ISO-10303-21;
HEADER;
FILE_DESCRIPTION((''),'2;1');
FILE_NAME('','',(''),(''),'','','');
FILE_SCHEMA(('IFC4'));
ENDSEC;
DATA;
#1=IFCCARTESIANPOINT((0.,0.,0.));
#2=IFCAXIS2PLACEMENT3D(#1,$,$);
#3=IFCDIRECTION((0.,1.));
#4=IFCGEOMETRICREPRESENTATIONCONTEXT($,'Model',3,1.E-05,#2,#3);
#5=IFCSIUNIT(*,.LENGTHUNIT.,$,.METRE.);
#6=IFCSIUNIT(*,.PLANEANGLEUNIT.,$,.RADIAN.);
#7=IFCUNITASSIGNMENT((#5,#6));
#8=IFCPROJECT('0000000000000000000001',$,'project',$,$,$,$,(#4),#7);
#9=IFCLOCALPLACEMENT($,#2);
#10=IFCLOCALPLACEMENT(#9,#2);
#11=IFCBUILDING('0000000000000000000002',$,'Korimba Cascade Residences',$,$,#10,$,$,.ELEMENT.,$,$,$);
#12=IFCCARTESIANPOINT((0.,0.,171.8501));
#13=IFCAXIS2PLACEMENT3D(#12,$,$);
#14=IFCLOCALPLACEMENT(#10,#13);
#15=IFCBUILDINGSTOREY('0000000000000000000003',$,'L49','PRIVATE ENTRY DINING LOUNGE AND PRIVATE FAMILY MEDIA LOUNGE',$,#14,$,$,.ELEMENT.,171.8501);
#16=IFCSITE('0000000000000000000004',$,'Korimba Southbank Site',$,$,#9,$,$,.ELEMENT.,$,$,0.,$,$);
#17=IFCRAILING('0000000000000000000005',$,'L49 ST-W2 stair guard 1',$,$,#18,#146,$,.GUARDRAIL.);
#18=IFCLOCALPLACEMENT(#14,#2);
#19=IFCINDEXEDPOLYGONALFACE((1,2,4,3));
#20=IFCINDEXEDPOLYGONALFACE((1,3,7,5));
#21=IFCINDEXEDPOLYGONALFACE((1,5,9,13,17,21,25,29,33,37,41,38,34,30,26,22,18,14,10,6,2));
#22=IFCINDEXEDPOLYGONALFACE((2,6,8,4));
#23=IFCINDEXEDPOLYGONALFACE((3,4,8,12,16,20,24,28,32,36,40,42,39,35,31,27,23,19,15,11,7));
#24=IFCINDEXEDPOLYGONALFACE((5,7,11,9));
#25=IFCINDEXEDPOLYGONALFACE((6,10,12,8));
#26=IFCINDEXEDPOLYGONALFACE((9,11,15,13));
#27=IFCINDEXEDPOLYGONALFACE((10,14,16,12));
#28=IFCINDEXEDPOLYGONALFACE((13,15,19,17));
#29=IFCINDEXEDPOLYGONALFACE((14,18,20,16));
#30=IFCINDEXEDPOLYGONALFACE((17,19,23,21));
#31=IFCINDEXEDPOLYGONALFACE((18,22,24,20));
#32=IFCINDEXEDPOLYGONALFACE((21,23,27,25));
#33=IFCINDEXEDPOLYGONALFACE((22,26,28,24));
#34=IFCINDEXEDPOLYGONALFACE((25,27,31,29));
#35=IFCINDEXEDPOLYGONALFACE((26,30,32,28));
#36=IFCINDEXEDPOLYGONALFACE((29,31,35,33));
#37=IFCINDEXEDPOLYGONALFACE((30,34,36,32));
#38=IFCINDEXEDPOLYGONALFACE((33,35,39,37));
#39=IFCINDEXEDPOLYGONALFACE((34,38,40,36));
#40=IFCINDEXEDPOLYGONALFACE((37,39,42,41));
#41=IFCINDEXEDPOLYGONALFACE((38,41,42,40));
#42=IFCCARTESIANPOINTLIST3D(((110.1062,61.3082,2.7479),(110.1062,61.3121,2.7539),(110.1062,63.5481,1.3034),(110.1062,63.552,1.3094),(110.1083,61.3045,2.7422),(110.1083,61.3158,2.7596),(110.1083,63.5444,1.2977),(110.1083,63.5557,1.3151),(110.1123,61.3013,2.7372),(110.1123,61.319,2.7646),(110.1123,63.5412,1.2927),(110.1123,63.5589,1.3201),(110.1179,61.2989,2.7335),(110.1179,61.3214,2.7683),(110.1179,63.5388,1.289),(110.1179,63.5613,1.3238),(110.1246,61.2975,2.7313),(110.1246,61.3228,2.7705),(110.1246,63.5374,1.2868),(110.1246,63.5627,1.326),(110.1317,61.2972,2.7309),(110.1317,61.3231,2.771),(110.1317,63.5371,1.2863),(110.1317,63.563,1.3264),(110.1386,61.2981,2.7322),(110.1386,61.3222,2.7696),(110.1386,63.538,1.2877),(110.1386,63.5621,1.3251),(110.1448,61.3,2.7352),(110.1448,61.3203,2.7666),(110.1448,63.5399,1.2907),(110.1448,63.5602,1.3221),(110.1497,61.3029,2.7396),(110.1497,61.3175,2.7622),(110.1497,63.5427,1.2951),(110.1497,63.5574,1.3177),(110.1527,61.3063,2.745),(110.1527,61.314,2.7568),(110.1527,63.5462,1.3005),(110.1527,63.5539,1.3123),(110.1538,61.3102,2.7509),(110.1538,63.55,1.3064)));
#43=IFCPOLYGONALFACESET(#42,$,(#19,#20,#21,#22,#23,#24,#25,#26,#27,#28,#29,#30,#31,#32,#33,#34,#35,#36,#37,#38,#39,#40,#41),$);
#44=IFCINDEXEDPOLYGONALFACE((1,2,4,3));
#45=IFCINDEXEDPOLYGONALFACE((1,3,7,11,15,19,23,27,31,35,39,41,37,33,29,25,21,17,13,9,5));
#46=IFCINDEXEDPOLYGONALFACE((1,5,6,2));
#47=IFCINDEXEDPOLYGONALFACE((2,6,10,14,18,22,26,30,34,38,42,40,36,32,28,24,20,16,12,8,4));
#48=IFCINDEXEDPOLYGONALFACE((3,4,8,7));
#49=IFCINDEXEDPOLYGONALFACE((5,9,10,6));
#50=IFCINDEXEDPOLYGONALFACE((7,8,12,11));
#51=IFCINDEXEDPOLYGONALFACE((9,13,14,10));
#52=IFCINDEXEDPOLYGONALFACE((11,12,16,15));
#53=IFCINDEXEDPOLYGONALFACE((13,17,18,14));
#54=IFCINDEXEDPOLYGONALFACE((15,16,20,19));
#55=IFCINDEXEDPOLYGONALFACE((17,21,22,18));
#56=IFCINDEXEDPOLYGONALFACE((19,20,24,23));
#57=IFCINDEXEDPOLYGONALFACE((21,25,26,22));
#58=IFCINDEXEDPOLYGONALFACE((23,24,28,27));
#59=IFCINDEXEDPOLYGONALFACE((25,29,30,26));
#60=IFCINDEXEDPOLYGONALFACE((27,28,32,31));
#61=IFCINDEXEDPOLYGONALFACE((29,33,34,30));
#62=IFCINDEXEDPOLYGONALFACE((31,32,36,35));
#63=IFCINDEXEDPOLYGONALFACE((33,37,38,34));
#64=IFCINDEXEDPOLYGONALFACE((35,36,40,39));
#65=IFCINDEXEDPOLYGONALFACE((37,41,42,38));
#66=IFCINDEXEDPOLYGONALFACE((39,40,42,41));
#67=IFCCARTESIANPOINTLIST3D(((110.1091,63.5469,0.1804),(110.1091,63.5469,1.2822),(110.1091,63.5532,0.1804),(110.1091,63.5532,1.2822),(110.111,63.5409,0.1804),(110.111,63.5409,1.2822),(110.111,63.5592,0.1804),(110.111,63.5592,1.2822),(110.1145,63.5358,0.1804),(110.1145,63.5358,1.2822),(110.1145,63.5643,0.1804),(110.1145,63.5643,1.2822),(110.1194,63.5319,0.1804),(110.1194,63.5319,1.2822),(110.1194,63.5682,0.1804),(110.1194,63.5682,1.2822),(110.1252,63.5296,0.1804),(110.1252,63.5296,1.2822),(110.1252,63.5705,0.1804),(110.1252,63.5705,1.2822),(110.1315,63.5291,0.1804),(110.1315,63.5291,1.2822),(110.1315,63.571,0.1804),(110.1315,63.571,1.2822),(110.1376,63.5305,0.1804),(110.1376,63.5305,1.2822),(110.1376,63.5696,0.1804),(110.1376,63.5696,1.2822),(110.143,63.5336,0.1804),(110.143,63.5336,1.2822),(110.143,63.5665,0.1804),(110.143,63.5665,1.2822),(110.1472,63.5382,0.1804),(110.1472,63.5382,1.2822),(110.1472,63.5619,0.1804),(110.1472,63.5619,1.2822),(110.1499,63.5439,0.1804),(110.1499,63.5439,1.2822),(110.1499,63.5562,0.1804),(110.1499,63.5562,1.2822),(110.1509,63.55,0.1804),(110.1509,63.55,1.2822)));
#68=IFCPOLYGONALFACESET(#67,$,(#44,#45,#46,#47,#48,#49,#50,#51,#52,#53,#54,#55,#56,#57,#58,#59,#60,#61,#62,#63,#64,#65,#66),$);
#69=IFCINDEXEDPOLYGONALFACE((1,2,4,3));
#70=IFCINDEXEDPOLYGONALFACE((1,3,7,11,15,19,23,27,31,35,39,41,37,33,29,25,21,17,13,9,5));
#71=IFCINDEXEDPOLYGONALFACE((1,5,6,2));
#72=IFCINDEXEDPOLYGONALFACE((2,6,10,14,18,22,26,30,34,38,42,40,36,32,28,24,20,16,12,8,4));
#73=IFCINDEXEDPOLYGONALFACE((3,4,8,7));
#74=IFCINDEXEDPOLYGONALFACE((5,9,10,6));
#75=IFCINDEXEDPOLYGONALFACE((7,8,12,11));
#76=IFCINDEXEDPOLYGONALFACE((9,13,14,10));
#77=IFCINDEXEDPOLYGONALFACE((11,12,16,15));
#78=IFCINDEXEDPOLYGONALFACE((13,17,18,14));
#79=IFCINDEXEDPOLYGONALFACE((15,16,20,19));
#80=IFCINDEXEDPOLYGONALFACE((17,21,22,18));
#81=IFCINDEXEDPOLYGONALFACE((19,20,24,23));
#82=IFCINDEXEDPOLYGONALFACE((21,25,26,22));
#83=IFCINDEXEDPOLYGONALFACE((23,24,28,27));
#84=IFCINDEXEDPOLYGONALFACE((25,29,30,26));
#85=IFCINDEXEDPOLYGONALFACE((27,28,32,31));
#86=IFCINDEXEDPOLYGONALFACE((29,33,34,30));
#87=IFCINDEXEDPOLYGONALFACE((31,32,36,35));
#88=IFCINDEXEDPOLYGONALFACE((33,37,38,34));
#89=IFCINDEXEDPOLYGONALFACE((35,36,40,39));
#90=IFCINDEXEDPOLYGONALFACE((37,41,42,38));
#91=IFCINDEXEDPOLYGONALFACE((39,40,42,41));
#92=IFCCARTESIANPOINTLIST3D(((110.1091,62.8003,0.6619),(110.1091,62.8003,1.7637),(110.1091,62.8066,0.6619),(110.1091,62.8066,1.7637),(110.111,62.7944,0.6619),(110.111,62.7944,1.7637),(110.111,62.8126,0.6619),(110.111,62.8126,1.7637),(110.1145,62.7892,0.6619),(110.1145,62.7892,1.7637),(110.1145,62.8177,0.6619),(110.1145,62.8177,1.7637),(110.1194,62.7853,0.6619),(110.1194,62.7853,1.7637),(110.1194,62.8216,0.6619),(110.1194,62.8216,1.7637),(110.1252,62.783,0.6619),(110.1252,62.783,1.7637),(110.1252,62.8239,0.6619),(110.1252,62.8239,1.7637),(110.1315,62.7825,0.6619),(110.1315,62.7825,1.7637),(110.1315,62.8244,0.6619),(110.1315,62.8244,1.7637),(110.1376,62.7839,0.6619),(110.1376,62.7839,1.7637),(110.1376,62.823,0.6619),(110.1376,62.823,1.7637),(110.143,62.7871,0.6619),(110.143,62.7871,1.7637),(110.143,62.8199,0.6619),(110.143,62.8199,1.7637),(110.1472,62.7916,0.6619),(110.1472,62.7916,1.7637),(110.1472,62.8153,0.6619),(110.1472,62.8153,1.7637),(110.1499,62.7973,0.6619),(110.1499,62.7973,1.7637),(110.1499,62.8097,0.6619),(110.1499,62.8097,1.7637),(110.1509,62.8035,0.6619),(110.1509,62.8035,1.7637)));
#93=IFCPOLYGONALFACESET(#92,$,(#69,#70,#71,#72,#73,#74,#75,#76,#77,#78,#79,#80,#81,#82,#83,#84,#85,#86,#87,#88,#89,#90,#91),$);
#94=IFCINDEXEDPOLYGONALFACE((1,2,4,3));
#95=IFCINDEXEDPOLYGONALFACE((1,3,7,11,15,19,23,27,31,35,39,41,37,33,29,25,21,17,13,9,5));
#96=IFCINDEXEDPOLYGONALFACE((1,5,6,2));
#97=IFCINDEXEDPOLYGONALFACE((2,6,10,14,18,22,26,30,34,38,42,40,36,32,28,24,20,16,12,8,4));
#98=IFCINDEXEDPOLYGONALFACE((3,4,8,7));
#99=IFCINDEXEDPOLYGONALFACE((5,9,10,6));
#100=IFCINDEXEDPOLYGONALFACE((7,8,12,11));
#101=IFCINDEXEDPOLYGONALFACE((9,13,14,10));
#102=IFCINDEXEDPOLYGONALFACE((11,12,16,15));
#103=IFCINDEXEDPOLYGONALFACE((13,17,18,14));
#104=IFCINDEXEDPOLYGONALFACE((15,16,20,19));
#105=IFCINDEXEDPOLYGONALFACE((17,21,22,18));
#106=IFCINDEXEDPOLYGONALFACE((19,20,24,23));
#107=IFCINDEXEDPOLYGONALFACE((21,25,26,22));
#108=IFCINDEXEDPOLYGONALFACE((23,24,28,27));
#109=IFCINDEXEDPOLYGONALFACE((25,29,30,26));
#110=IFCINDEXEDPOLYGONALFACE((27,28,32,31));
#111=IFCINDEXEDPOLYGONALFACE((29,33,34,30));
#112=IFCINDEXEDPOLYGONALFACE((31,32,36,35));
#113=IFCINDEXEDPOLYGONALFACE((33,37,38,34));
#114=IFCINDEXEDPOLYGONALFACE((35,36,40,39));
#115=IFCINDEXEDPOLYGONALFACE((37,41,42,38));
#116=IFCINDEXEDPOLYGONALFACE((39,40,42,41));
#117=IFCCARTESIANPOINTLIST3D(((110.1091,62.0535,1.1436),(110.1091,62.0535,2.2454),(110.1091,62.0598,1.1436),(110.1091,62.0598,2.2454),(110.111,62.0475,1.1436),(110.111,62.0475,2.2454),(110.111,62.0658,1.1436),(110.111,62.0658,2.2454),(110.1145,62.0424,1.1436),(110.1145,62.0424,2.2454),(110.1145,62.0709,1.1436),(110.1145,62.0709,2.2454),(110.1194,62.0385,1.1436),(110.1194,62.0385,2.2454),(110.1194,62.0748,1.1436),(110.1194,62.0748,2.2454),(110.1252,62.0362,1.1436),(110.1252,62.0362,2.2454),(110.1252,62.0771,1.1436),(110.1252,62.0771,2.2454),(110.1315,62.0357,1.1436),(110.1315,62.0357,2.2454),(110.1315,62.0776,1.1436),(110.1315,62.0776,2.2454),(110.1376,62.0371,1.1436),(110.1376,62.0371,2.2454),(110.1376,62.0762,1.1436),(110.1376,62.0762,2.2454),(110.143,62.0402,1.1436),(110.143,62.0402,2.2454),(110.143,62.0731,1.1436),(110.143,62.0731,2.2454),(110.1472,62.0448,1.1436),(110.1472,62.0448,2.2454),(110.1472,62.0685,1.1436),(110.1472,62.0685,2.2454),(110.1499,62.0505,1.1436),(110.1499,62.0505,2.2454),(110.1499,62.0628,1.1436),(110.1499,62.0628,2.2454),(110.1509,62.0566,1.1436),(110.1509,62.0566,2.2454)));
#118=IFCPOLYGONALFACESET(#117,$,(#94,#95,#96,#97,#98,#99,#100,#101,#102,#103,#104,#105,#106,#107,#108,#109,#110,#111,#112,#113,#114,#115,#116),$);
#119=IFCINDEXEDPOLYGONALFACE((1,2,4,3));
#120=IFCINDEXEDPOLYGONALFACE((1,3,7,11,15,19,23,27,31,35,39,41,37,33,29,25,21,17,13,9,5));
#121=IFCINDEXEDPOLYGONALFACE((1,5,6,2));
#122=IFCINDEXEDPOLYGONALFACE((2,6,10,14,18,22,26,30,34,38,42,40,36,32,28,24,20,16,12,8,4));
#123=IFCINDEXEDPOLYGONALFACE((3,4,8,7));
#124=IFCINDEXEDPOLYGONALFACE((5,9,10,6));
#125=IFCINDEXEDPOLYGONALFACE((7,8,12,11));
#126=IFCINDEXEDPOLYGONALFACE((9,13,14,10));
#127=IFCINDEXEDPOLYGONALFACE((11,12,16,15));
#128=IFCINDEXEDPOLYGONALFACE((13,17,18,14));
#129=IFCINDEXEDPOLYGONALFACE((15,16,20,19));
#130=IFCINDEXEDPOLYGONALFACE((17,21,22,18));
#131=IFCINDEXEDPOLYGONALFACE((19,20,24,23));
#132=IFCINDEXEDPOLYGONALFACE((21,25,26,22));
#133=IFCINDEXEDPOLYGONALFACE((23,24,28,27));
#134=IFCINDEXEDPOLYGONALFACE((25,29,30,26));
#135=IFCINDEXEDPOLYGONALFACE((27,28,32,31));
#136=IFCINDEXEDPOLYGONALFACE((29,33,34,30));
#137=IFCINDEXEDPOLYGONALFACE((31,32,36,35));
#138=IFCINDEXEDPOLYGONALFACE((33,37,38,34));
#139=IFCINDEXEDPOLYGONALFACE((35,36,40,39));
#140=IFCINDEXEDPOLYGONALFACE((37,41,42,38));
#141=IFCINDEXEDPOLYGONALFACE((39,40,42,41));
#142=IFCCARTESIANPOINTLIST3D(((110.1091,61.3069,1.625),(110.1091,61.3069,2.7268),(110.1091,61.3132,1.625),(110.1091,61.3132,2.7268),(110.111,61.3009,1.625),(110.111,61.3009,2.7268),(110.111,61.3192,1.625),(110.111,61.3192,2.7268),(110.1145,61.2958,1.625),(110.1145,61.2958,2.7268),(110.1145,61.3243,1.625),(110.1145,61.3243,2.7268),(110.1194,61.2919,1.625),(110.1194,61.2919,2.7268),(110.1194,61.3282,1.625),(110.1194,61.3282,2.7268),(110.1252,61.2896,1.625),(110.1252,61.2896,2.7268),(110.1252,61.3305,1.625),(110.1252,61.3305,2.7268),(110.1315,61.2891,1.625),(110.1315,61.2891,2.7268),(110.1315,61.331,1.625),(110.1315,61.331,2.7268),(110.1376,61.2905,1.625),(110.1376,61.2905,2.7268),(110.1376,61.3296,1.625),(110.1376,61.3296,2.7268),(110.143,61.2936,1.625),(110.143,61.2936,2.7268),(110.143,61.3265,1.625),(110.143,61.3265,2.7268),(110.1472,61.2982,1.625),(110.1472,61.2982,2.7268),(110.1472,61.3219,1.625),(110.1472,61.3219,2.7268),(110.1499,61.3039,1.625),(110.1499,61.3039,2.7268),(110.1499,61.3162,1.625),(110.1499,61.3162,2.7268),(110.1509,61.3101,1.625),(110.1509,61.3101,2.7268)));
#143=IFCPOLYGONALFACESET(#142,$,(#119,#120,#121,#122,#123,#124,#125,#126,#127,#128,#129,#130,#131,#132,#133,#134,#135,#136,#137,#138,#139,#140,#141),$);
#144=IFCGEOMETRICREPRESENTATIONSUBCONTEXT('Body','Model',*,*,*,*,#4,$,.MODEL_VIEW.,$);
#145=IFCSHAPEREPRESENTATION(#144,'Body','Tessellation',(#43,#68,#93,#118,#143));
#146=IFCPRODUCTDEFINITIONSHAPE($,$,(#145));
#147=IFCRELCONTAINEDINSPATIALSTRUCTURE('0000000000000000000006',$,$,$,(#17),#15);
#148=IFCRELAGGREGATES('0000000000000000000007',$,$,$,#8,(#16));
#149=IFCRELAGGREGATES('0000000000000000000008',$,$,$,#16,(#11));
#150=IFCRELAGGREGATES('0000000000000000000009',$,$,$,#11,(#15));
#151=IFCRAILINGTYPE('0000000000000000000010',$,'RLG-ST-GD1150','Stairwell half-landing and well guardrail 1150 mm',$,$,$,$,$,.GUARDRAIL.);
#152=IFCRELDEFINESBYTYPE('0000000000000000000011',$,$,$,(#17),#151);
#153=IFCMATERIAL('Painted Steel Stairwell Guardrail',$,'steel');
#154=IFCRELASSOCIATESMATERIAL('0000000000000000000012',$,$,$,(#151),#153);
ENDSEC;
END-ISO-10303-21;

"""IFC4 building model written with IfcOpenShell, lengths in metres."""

from ifc_helpers import new_model, si_unit, direction, frame, origin, origin_2d, place, context, subcontext, project, spatial, circle, extrude, material, type_object, element, save


model = new_model("IFC4")

# Units and contexts
model_context = context("Model", 3, precision=1e-05, world=origin(), true_north=direction((0.0, 1.0)))
body_context = subcontext(model_context, "Body", "Model", "MODEL_VIEW")
ifc_project = project(units=[si_unit("LENGTHUNIT", "METRE"), si_unit("PLANEANGLEUNIT", "RADIAN")], contexts=[model_context])

# Site, building, storey
site_placement = place(None, origin())
site = spatial("IfcSite", under=ifc_project, at=site_placement, Name="Korimba Southbank Site", CompositionType="ELEMENT", RefElevation=0.0)
building_placement = place(site_placement, origin())
building = spatial("IfcBuilding", under=site, at=building_placement, Name="Korimba Cascade Residences", CompositionType="ELEMENT")
storey_placement = place(building_placement, frame((0.0, 0.0, 171.8501)))
storey = spatial("IfcBuildingStorey", under=building, at=storey_placement, Name="L49", Description="PRIVATE ENTRY DINING LOUNGE AND PRIVATE FAMILY MEDIA LOUNGE", CompositionType="ELEMENT", Elevation=171.8501)

# Railing
ifc_material_1 = material(Name="Painted Steel Stairwell Guardrail", Category="steel")
railing_type_1 = type_object("IfcRailingType", Name="RLG-ST-GD1150", Description="Stairwell half-landing and well guardrail 1150 mm", PredefinedType="GUARDRAIL", material=ifc_material_1)
railing_1_placement = place(storey_placement, frame((110.1299, 63.55, 0.1804)))
element("IfcRailing", 1, at=railing_1_placement, inside=storey, type_object=railing_type_1, Name="L49 ST-W2 stair guard 1", PredefinedType="GUARDRAIL", context=body_context, shape_type="SweptSolid", body=[
    extrude(circle(Radius=0.0239, at=origin_2d()), frame((0.0, 0.0, 1.126), z_axis=(0.0, -0.840395, 0.541975), x_axis=(1.0, 0.0, 0.0)), (0.0, 0.0, 1.0), 2.6653),
    extrude(circle(Radius=0.021, at=origin_2d()), origin(), (0.0, 0.0, 1.0), 1.1018),
    extrude(circle(Radius=0.021, at=origin_2d()), frame((0.0, -0.7466, 0.4814)), (0.0, 0.0, 1.0), 1.1018),
    extrude(circle(Radius=0.021, at=origin_2d()), frame((0.0, -1.4934, 0.9631)), (0.0, 0.0, 1.0), 1.1018),
    extrude(circle(Radius=0.021, at=origin_2d()), frame((0.0, -2.24, 1.4446)), (0.0, 0.0, 1.0), 1.1018),
])

save(model, "model.ifc")
